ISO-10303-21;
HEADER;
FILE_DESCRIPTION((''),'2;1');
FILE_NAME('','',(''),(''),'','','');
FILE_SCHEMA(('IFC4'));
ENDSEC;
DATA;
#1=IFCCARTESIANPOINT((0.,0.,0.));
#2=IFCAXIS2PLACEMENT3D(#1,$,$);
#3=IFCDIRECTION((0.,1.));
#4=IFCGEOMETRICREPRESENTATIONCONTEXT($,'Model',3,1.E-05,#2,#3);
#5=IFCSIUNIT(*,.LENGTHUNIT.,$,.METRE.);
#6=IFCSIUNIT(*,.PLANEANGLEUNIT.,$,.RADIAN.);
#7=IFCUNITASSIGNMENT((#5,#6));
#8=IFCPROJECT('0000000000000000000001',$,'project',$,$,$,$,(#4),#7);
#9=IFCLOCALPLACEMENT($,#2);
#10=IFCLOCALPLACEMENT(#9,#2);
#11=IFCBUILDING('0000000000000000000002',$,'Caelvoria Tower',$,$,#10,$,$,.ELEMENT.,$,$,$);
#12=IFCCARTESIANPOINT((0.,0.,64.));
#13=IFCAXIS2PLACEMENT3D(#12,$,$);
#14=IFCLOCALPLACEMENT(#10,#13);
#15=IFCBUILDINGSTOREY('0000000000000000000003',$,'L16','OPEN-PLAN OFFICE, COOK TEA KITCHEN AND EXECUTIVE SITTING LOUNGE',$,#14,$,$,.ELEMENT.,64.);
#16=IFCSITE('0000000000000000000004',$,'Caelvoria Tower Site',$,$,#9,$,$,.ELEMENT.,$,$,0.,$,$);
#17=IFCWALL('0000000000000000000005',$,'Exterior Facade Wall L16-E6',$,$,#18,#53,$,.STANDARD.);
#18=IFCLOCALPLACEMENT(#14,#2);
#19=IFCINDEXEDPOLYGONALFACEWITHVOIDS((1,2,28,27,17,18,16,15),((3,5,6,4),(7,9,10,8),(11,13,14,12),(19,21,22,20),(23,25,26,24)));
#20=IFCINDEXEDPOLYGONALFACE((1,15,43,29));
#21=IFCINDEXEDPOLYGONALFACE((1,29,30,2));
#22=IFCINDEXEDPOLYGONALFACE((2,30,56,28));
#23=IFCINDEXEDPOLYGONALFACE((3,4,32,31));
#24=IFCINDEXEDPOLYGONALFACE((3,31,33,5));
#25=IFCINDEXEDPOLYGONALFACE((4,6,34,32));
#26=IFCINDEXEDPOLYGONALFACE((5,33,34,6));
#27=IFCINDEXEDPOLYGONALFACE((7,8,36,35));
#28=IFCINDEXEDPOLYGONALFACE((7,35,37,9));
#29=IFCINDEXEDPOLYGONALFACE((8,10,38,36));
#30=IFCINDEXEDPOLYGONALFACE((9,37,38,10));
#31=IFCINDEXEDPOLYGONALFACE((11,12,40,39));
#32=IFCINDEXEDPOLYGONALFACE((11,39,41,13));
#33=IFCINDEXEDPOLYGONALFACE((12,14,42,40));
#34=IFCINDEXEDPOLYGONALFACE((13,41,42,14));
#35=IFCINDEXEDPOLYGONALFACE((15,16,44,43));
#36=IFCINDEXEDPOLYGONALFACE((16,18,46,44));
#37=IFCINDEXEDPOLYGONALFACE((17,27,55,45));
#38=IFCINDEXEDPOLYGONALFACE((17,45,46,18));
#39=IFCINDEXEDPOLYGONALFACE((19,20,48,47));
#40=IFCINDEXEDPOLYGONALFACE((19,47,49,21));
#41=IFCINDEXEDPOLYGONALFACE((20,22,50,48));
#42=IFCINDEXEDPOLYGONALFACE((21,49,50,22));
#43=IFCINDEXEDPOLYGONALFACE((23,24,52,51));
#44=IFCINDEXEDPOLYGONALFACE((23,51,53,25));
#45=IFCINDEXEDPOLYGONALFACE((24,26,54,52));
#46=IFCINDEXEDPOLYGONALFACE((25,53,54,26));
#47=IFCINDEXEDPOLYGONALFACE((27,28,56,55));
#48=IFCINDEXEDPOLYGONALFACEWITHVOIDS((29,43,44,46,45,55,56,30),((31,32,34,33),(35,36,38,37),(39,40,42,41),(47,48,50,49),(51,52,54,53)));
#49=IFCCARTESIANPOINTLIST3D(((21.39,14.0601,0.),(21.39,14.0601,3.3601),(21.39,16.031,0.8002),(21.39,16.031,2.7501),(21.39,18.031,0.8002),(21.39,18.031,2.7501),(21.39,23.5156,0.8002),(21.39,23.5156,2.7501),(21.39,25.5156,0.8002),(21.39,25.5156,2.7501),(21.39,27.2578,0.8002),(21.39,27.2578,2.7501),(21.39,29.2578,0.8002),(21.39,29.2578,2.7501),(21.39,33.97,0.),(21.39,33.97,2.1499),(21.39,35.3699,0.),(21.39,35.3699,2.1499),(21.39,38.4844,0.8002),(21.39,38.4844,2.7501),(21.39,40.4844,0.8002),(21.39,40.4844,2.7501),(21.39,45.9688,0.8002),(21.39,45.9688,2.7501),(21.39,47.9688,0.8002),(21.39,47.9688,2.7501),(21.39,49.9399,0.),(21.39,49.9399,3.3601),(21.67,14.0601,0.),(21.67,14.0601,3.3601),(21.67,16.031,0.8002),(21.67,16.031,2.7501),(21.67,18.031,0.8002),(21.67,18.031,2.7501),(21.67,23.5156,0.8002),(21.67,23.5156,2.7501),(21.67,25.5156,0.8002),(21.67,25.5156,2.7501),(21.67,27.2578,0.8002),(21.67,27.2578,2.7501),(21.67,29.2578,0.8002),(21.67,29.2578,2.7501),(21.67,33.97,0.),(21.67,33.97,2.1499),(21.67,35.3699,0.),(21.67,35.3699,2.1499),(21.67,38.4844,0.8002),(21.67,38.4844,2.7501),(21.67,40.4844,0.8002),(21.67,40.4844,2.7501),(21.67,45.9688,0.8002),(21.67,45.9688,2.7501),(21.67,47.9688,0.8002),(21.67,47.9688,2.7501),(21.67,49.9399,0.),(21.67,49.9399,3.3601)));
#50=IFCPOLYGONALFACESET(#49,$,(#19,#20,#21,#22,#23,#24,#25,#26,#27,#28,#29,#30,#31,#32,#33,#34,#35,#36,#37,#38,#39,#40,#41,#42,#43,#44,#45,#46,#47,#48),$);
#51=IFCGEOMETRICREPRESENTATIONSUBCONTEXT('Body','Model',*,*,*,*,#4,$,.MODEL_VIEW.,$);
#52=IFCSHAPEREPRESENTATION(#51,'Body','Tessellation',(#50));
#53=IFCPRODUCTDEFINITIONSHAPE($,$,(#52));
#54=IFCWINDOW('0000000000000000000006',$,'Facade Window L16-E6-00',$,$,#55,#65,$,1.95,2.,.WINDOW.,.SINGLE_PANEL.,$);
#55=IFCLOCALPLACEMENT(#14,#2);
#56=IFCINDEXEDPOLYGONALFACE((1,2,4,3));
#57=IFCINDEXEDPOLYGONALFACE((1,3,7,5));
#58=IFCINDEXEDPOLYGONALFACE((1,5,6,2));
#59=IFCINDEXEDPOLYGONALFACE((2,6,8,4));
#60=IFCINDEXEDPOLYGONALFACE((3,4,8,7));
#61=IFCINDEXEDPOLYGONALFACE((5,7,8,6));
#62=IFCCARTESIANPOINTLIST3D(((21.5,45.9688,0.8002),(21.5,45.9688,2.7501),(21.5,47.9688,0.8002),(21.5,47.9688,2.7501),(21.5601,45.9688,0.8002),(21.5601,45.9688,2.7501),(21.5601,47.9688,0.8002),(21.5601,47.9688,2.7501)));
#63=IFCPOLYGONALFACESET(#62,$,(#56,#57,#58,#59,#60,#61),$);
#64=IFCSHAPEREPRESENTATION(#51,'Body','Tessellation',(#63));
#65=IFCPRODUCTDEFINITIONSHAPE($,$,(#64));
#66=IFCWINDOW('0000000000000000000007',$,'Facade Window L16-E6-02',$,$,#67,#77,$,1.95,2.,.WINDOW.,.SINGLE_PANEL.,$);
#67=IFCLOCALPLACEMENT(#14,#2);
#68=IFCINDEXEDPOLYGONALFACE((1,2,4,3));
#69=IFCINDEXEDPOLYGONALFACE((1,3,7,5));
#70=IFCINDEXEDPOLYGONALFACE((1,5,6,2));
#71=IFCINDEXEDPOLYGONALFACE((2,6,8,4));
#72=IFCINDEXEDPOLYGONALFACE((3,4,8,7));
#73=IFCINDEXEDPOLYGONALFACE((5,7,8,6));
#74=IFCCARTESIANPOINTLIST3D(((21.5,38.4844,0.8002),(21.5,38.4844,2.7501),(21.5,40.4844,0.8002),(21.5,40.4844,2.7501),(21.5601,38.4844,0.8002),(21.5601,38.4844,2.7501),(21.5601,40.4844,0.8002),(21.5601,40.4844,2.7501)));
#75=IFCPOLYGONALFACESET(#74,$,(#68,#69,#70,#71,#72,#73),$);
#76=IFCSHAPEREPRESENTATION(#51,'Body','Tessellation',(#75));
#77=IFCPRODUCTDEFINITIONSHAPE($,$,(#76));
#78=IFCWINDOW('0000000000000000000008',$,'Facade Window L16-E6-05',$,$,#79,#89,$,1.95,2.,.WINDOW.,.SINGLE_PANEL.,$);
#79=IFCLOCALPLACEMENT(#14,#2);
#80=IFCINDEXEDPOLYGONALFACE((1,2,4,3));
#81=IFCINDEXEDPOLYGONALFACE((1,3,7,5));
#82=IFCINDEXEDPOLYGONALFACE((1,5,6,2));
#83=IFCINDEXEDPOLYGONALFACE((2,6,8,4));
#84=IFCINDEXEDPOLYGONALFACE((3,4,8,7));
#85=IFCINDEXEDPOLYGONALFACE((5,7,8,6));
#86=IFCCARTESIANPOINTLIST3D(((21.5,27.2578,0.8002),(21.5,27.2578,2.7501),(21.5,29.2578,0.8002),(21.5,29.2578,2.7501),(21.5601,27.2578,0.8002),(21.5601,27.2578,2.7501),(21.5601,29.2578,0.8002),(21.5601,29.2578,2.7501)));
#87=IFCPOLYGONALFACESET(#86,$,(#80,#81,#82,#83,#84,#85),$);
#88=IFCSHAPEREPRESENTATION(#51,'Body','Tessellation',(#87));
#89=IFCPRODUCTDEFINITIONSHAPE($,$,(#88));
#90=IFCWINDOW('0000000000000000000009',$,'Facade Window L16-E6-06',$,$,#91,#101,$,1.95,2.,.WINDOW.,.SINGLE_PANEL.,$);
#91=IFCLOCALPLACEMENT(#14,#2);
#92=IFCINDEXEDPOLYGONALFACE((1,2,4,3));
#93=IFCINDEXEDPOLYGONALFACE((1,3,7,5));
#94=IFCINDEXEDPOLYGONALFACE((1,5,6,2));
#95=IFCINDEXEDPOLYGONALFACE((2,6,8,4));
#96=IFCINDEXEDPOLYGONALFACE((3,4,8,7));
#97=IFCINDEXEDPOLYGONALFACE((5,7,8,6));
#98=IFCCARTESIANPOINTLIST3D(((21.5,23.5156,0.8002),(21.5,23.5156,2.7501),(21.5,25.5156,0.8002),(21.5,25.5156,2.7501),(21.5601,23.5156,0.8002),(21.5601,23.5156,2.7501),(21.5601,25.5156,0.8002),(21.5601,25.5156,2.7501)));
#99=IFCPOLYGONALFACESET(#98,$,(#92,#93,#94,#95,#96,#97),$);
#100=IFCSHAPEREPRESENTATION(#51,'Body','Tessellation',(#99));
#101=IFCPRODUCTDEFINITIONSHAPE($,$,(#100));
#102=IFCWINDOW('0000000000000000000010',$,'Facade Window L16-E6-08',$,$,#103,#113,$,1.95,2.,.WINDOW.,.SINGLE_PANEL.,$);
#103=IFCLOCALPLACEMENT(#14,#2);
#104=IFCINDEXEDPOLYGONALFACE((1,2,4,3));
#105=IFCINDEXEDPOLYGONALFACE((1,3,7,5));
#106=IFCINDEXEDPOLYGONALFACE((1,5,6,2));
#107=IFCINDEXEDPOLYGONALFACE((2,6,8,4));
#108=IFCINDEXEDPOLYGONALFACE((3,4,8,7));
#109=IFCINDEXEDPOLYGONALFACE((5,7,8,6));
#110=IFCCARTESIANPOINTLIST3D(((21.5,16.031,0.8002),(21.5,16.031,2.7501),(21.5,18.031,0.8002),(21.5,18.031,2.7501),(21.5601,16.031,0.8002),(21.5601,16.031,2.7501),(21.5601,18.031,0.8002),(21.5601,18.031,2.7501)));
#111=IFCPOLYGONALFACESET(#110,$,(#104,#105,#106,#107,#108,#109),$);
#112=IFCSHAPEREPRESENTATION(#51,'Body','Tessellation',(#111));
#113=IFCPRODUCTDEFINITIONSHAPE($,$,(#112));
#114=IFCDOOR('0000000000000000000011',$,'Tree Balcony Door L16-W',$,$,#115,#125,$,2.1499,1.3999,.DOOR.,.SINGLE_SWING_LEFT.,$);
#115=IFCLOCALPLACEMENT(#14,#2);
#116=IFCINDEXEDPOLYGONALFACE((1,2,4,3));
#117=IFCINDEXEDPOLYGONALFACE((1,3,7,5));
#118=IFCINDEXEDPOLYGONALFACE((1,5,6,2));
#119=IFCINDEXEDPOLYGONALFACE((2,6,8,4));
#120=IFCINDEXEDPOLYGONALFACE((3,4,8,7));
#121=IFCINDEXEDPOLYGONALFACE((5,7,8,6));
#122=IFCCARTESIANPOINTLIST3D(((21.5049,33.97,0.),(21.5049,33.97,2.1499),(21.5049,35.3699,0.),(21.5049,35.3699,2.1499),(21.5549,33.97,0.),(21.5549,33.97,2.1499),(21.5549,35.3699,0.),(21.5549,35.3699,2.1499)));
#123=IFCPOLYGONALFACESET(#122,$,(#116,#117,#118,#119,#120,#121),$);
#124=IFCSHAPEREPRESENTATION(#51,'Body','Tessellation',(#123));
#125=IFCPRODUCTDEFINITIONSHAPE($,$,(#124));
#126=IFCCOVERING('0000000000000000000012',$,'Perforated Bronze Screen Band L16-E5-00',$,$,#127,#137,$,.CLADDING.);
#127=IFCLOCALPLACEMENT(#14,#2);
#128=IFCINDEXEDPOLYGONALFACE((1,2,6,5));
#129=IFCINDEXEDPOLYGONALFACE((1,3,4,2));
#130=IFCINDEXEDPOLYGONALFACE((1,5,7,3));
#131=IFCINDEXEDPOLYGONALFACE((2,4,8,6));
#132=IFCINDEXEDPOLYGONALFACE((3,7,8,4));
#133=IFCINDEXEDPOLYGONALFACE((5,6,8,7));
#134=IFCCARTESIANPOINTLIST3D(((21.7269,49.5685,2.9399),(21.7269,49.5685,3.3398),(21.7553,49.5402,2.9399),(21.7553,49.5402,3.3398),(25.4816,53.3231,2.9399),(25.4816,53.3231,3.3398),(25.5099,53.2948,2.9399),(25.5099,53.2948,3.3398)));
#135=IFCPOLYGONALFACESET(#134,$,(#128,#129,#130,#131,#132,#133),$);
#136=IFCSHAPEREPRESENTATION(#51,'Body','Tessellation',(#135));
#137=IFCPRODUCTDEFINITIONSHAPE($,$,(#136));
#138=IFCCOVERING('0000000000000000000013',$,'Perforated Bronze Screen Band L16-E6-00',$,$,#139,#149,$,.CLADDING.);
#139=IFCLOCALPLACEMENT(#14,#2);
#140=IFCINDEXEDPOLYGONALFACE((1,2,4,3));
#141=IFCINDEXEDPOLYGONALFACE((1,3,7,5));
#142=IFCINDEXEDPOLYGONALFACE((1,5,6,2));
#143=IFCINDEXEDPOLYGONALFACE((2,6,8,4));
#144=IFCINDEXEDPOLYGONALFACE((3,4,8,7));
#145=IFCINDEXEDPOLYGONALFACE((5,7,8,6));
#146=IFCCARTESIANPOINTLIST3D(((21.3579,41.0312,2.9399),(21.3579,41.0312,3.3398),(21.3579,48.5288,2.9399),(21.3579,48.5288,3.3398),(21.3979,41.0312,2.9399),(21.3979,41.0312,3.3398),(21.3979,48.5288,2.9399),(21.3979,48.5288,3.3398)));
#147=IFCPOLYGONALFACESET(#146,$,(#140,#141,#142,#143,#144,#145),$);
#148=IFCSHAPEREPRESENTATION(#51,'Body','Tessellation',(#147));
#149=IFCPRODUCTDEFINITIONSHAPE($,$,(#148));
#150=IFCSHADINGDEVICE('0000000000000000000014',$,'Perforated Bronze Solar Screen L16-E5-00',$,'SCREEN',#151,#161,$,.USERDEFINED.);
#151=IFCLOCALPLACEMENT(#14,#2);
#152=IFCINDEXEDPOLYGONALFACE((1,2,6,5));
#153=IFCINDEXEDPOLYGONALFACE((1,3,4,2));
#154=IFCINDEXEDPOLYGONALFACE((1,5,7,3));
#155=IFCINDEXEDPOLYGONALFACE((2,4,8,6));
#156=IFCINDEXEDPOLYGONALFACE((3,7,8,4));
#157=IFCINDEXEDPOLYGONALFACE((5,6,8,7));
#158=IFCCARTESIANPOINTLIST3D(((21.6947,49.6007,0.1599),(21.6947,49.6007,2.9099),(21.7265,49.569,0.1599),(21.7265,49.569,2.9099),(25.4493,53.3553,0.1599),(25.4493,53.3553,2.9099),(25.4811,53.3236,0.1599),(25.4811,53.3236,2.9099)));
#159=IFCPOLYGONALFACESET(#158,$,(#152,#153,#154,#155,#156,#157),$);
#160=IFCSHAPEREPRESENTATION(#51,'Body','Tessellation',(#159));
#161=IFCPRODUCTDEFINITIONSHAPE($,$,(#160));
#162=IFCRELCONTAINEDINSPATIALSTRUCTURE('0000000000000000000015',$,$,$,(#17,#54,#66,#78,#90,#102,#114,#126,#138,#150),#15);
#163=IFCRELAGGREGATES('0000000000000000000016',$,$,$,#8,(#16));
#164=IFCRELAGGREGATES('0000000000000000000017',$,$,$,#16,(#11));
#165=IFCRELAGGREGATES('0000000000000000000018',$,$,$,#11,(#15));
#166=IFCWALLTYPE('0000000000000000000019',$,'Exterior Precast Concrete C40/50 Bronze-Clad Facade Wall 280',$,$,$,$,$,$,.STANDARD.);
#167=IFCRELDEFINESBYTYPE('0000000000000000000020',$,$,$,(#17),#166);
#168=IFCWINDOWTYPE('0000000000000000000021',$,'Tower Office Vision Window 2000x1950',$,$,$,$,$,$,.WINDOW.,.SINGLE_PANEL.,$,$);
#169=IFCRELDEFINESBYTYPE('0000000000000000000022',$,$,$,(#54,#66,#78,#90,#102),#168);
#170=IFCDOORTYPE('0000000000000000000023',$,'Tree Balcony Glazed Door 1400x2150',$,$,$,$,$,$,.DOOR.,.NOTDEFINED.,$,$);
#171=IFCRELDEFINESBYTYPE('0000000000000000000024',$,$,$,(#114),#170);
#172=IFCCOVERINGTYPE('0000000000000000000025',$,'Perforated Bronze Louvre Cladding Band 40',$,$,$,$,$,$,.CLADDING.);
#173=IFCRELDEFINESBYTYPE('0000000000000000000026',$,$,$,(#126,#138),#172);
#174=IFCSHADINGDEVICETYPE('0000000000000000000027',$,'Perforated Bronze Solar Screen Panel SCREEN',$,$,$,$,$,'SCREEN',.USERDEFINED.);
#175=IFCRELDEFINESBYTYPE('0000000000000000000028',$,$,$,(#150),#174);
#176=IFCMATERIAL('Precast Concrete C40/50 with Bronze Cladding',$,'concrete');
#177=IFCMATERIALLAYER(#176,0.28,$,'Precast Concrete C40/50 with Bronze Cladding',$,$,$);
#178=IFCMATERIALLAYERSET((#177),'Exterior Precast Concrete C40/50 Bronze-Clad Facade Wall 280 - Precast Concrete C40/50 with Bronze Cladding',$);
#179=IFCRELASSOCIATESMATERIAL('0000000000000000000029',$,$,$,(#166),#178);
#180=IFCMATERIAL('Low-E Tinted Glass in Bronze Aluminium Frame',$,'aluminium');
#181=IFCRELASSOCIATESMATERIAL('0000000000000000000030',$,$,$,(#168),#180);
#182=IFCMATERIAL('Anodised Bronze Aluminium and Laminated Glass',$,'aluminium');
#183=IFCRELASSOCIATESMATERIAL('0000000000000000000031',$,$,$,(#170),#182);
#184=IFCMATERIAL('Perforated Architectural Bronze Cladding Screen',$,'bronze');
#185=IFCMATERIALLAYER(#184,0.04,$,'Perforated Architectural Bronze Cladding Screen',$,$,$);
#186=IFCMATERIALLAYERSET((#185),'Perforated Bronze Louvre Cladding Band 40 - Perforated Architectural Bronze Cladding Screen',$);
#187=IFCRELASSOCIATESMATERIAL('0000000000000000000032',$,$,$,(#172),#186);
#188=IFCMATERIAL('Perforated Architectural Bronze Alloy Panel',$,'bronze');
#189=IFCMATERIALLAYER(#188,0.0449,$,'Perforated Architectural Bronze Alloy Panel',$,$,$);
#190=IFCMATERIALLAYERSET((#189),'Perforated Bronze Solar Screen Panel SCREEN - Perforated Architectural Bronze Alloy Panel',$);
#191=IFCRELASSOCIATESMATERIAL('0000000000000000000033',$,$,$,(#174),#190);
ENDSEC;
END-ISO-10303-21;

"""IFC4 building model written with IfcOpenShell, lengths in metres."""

from ifc_helpers import new_model, si_unit, direction, frame, frame_2d, origin, origin_2d, place, context, subcontext, project, spatial, rectangle, extrude, material, layer, layer_set, type_object, element, fill, save


model = new_model("IFC4")

# Units and contexts
model_context = context("Model", 3, precision=1e-05, world=origin(), true_north=direction((0.0, 1.0)))
body_context = subcontext(model_context, "Body", "Model", "MODEL_VIEW")
ifc_project = project(units=[si_unit("LENGTHUNIT", "METRE"), si_unit("PLANEANGLEUNIT", "RADIAN")], contexts=[model_context])

# Site, building, storey
site_placement = place(None, origin())
site = spatial("IfcSite", under=ifc_project, at=site_placement, Name="Caelvoria Tower Site", CompositionType="ELEMENT", RefElevation=0.0)
building_placement = place(site_placement, origin())
building = spatial("IfcBuilding", under=site, at=building_placement, Name="Caelvoria Tower", CompositionType="ELEMENT")
storey_placement = place(building_placement, frame((0.0, 0.0, 64.0)))
storey = spatial("IfcBuildingStorey", under=building, at=storey_placement, Name="L16", Description="OPEN-PLAN OFFICE, COOK TEA KITCHEN AND EXECUTIVE SITTING LOUNGE", CompositionType="ELEMENT", Elevation=64.0)

# Wall, openings, windows, door
ifc_material_1 = material(Name="Precast Concrete C40/50 with Bronze Cladding", Category="concrete")
ifc_layer_1 = layer(ifc_material_1, 0.28, Name="Precast Concrete C40/50 with Bronze Cladding")
ifc_layer_set_1 = layer_set([ifc_layer_1], Name="Exterior Precast Concrete C40/50 Bronze-Clad Facade Wall 280 - Precast Concrete C40/50 with Bronze Cladding")
wall_type = type_object("IfcWallType", Name="Exterior Precast Concrete C40/50 Bronze-Clad Facade Wall 280", PredefinedType="STANDARD", material=ifc_layer_set_1)
wall_placement = place(storey_placement, frame((21.53, 49.9399, 0.0), z_axis=(0.0, 0.0, 1.0), x_axis=(0.0, -1.0, 0.0)))
wall = element("IfcWall", 1, at=wall_placement, inside=storey, type_object=wall_type, Name="Exterior Facade Wall L16-E6", PredefinedType="STANDARD", context=body_context, shape_type="SweptSolid", body=[
    extrude(rectangle(XDim=35.8799, YDim=0.28, at=frame_2d((17.9399, 0.0))), origin(), (0.0, 0.0, 1.0), 3.3601),
])
opening_1_placement = place(wall_placement, frame((14.5701, 0.0, 0.0)))
opening_1 = element("IfcOpeningElement", 2, at=opening_1_placement, cuts=wall, PredefinedType="OPENING", context=body_context, shape_type="SweptSolid", body=[
    extrude(rectangle(XDim=1.3999, YDim=2.1499, at=frame_2d((0.7, 1.075))), frame((0.0, 0.1499, 0.0), z_axis=(0.0, -1.0, 0.0), x_axis=(1.0, 0.0, 0.0)), (0.0, 0.0, 1.0), 0.3),
])
opening_2_placement = place(wall_placement, frame((1.9712, 0.0, 0.8)))
opening_2 = element("IfcOpeningElement", 3, at=opening_2_placement, cuts=wall, PredefinedType="OPENING", context=body_context, shape_type="SweptSolid", body=[
    extrude(rectangle(XDim=2.0, YDim=1.95, at=frame_2d((1.0, 0.9751))), frame((0.0, 0.1499, 0.0), z_axis=(0.0, -1.0, 0.0), x_axis=(1.0, 0.0, 0.0)), (0.0, 0.0, 1.0), 0.3),
])
opening_3_placement = place(wall_placement, frame((9.4556, 0.0, 0.8)))
opening_3 = element("IfcOpeningElement", 4, at=opening_3_placement, cuts=wall, PredefinedType="OPENING", context=body_context, shape_type="SweptSolid", body=[
    extrude(rectangle(XDim=2.0, YDim=1.95, at=frame_2d((1.0, 0.9751))), frame((0.0, 0.1499, 0.0), z_axis=(0.0, -1.0, 0.0), x_axis=(1.0, 0.0, 0.0)), (0.0, 0.0, 1.0), 0.3),
])
opening_4_placement = place(wall_placement, frame((20.6821, 0.0, 0.8)))
opening_4 = element("IfcOpeningElement", 5, at=opening_4_placement, cuts=wall, PredefinedType="OPENING", context=body_context, shape_type="SweptSolid", body=[
    extrude(rectangle(XDim=2.0, YDim=1.95, at=frame_2d((1.0, 0.9751))), frame((0.0, 0.1499, 0.0), z_axis=(0.0, -1.0, 0.0), x_axis=(1.0, 0.0, 0.0)), (0.0, 0.0, 1.0), 0.3),
])
opening_5_placement = place(wall_placement, frame((24.4243, 0.0, 0.8)))
opening_5 = element("IfcOpeningElement", 6, at=opening_5_placement, cuts=wall, PredefinedType="OPENING", context=body_context, shape_type="SweptSolid", body=[
    extrude(rectangle(XDim=2.0, YDim=1.95, at=frame_2d((1.0, 0.9751))), frame((0.0, 0.1499, 0.0), z_axis=(0.0, -1.0, 0.0), x_axis=(1.0, 0.0, 0.0)), (0.0, 0.0, 1.0), 0.3),
])
opening_6_placement = place(wall_placement, frame((31.9089, 0.0, 0.8)))
opening_6 = element("IfcOpeningElement", 7, at=opening_6_placement, cuts=wall, PredefinedType="OPENING", context=body_context, shape_type="SweptSolid", body=[
    extrude(rectangle(XDim=2.0, YDim=1.95, at=frame_2d((1.0, 0.9751))), frame((0.0, 0.1499, 0.0), z_axis=(0.0, -1.0, 0.0), x_axis=(1.0, 0.0, 0.0)), (0.0, 0.0, 1.0), 0.3),
])
ifc_material_2 = material(Name="Low-E Tinted Glass in Bronze Aluminium Frame", Category="aluminium")
window_type = type_object("IfcWindowType", Name="Tower Office Vision Window 2000x1950", PartitioningType="SINGLE_PANEL", PredefinedType="WINDOW", material=ifc_material_2)
window_1_placement = place(opening_2_placement, origin())
window_1 = element("IfcWindow", 8, at=window_1_placement, inside=storey, type_object=window_type, Name="Facade Window L16-E6-00", OverallHeight=1.95, OverallWidth=2.0, PartitioningType="SINGLE_PANEL", PredefinedType="WINDOW", context=body_context, shape_type="SweptSolid", body=[
    extrude(rectangle(XDim=2.0, YDim=1.95, at=frame_2d((1.0, 0.9751))), frame((0.0, 0.03, 0.0), z_axis=(0.0, -1.0, 0.0), x_axis=(1.0, 0.0, 0.0)), (0.0, 0.0, 1.0), 0.0601),
])
fill(opening_2, window_1)
window_2_placement = place(opening_3_placement, origin())
window_2 = element("IfcWindow", 9, at=window_2_placement, inside=storey, type_object=window_type, Name="Facade Window L16-E6-02", OverallHeight=1.95, OverallWidth=2.0, PartitioningType="SINGLE_PANEL", PredefinedType="WINDOW", context=body_context, shape_type="SweptSolid", body=[
    extrude(rectangle(XDim=2.0, YDim=1.95, at=frame_2d((1.0, 0.9751))), frame((0.0, 0.03, 0.0), z_axis=(0.0, -1.0, 0.0), x_axis=(1.0, 0.0, 0.0)), (0.0, 0.0, 1.0), 0.0601),
])
fill(opening_3, window_2)
window_3_placement = place(opening_4_placement, origin())
window_3 = element("IfcWindow", 10, at=window_3_placement, inside=storey, type_object=window_type, Name="Facade Window L16-E6-05", OverallHeight=1.95, OverallWidth=2.0, PartitioningType="SINGLE_PANEL", PredefinedType="WINDOW", context=body_context, shape_type="SweptSolid", body=[
    extrude(rectangle(XDim=2.0, YDim=1.95, at=frame_2d((1.0, 0.9751))), frame((0.0, 0.03, 0.0), z_axis=(0.0, -1.0, 0.0), x_axis=(1.0, 0.0, 0.0)), (0.0, 0.0, 1.0), 0.0601),
])
fill(opening_4, window_3)
window_4_placement = place(opening_5_placement, origin())
window_4 = element("IfcWindow", 11, at=window_4_placement, inside=storey, type_object=window_type, Name="Facade Window L16-E6-06", OverallHeight=1.95, OverallWidth=2.0, PartitioningType="SINGLE_PANEL", PredefinedType="WINDOW", context=body_context, shape_type="SweptSolid", body=[
    extrude(rectangle(XDim=2.0, YDim=1.95, at=frame_2d((1.0, 0.9751))), frame((0.0, 0.03, 0.0), z_axis=(0.0, -1.0, 0.0), x_axis=(1.0, 0.0, 0.0)), (0.0, 0.0, 1.0), 0.0601),
])
fill(opening_5, window_4)
window_5_placement = place(opening_6_placement, origin())
window_5 = element("IfcWindow", 12, at=window_5_placement, inside=storey, type_object=window_type, Name="Facade Window L16-E6-08", OverallHeight=1.95, OverallWidth=2.0, PartitioningType="SINGLE_PANEL", PredefinedType="WINDOW", context=body_context, shape_type="SweptSolid", body=[
    extrude(rectangle(XDim=2.0, YDim=1.95, at=frame_2d((1.0, 0.9751))), frame((0.0, 0.03, 0.0), z_axis=(0.0, -1.0, 0.0), x_axis=(1.0, 0.0, 0.0)), (0.0, 0.0, 1.0), 0.0601),
])
fill(opening_6, window_5)
ifc_material_3 = material(Name="Anodised Bronze Aluminium and Laminated Glass", Category="aluminium")
door_type = type_object("IfcDoorType", Name="Tree Balcony Glazed Door 1400x2150", OperationType="NOTDEFINED", PredefinedType="DOOR", material=ifc_material_3)
door_placement = place(opening_1_placement, origin())
door = element("IfcDoor", 13, at=door_placement, inside=storey, type_object=door_type, Name="Tree Balcony Door L16-W", OperationType="SINGLE_SWING_LEFT", OverallHeight=2.1499, OverallWidth=1.3999, PredefinedType="DOOR", context=body_context, shape_type="SweptSolid", body=[
    extrude(rectangle(XDim=1.3999, YDim=2.1499, at=frame_2d((0.7, 1.075))), frame((0.0, 0.0249, 0.0), z_axis=(0.0, -1.0, 0.0), x_axis=(1.0, 0.0, 0.0)), (0.0, 0.0, 1.0), 0.05),
])
fill(opening_1, door)

# Coverings
ifc_material_4 = material(Name="Perforated Architectural Bronze Cladding Screen", Category="bronze")
ifc_layer_2 = layer(ifc_material_4, 0.04, Name="Perforated Architectural Bronze Cladding Screen")
ifc_layer_set_2 = layer_set([ifc_layer_2], Name="Perforated Bronze Louvre Cladding Band 40 - Perforated Architectural Bronze Cladding Screen")
covering_type = type_object("IfcCoveringType", Name="Perforated Bronze Louvre Cladding Band 40", PredefinedType="CLADDING", material=ifc_layer_set_2)
covering_1_placement = place(storey_placement, frame((23.6184, 51.4316, 2.9399), z_axis=(0.0, 0.0, 1.0), x_axis=(-0.707107, -0.707107, 0.0)))
element("IfcCovering", 14, at=covering_1_placement, inside=storey, type_object=covering_type, Name="Perforated Bronze Screen Band L16-E5-00", PredefinedType="CLADDING", context=body_context, shape_type="SweptSolid", body=[
    extrude(rectangle(XDim=5.3098, YDim=0.04, at=origin_2d()), origin(), (0.0, 0.0, 1.0), 0.3999),
])
covering_2_placement = place(storey_placement, frame((21.3779, 44.78, 2.9399), z_axis=(0.0, 0.0, 1.0), x_axis=(0.0, -1.0, 0.0)))
element("IfcCovering", 15, at=covering_2_placement, inside=storey, type_object=covering_type, Name="Perforated Bronze Screen Band L16-E6-00", PredefinedType="CLADDING", context=body_context, shape_type="SweptSolid", body=[
    extrude(rectangle(XDim=7.4976, YDim=0.04, at=origin_2d()), origin(), (0.0, 0.0, 1.0), 0.3999),
])

# Shading device
ifc_material_5 = material(Name="Perforated Architectural Bronze Alloy Panel", Category="bronze")
ifc_layer_3 = layer(ifc_material_5, 0.0449, Name="Perforated Architectural Bronze Alloy Panel")
ifc_layer_set_3 = layer_set([ifc_layer_3], Name="Perforated Bronze Solar Screen Panel SCREEN - Perforated Architectural Bronze Alloy Panel")
shading_device_type = type_object("IfcShadingDeviceType", Name="Perforated Bronze Solar Screen Panel SCREEN", ElementType="SCREEN", PredefinedType="USERDEFINED", material=ifc_layer_set_3)
shading_device_1_placement = place(storey_placement, frame((23.5879, 51.4622, 0.1599), z_axis=(0.0, 0.0, 1.0), x_axis=(-0.707107, -0.707107, 0.0)))
element("IfcShadingDevice", 16, at=shading_device_1_placement, inside=storey, type_object=shading_device_type, Name="Perforated Bronze Solar Screen L16-E5-00", ObjectType="SCREEN", PredefinedType="USERDEFINED", context=body_context, shape_type="SweptSolid", body=[
    extrude(rectangle(XDim=5.3098, YDim=0.0449, at=origin_2d()), origin(), (0.0, 0.0, 1.0), 2.75),
])

save(model, "model.ifc")
